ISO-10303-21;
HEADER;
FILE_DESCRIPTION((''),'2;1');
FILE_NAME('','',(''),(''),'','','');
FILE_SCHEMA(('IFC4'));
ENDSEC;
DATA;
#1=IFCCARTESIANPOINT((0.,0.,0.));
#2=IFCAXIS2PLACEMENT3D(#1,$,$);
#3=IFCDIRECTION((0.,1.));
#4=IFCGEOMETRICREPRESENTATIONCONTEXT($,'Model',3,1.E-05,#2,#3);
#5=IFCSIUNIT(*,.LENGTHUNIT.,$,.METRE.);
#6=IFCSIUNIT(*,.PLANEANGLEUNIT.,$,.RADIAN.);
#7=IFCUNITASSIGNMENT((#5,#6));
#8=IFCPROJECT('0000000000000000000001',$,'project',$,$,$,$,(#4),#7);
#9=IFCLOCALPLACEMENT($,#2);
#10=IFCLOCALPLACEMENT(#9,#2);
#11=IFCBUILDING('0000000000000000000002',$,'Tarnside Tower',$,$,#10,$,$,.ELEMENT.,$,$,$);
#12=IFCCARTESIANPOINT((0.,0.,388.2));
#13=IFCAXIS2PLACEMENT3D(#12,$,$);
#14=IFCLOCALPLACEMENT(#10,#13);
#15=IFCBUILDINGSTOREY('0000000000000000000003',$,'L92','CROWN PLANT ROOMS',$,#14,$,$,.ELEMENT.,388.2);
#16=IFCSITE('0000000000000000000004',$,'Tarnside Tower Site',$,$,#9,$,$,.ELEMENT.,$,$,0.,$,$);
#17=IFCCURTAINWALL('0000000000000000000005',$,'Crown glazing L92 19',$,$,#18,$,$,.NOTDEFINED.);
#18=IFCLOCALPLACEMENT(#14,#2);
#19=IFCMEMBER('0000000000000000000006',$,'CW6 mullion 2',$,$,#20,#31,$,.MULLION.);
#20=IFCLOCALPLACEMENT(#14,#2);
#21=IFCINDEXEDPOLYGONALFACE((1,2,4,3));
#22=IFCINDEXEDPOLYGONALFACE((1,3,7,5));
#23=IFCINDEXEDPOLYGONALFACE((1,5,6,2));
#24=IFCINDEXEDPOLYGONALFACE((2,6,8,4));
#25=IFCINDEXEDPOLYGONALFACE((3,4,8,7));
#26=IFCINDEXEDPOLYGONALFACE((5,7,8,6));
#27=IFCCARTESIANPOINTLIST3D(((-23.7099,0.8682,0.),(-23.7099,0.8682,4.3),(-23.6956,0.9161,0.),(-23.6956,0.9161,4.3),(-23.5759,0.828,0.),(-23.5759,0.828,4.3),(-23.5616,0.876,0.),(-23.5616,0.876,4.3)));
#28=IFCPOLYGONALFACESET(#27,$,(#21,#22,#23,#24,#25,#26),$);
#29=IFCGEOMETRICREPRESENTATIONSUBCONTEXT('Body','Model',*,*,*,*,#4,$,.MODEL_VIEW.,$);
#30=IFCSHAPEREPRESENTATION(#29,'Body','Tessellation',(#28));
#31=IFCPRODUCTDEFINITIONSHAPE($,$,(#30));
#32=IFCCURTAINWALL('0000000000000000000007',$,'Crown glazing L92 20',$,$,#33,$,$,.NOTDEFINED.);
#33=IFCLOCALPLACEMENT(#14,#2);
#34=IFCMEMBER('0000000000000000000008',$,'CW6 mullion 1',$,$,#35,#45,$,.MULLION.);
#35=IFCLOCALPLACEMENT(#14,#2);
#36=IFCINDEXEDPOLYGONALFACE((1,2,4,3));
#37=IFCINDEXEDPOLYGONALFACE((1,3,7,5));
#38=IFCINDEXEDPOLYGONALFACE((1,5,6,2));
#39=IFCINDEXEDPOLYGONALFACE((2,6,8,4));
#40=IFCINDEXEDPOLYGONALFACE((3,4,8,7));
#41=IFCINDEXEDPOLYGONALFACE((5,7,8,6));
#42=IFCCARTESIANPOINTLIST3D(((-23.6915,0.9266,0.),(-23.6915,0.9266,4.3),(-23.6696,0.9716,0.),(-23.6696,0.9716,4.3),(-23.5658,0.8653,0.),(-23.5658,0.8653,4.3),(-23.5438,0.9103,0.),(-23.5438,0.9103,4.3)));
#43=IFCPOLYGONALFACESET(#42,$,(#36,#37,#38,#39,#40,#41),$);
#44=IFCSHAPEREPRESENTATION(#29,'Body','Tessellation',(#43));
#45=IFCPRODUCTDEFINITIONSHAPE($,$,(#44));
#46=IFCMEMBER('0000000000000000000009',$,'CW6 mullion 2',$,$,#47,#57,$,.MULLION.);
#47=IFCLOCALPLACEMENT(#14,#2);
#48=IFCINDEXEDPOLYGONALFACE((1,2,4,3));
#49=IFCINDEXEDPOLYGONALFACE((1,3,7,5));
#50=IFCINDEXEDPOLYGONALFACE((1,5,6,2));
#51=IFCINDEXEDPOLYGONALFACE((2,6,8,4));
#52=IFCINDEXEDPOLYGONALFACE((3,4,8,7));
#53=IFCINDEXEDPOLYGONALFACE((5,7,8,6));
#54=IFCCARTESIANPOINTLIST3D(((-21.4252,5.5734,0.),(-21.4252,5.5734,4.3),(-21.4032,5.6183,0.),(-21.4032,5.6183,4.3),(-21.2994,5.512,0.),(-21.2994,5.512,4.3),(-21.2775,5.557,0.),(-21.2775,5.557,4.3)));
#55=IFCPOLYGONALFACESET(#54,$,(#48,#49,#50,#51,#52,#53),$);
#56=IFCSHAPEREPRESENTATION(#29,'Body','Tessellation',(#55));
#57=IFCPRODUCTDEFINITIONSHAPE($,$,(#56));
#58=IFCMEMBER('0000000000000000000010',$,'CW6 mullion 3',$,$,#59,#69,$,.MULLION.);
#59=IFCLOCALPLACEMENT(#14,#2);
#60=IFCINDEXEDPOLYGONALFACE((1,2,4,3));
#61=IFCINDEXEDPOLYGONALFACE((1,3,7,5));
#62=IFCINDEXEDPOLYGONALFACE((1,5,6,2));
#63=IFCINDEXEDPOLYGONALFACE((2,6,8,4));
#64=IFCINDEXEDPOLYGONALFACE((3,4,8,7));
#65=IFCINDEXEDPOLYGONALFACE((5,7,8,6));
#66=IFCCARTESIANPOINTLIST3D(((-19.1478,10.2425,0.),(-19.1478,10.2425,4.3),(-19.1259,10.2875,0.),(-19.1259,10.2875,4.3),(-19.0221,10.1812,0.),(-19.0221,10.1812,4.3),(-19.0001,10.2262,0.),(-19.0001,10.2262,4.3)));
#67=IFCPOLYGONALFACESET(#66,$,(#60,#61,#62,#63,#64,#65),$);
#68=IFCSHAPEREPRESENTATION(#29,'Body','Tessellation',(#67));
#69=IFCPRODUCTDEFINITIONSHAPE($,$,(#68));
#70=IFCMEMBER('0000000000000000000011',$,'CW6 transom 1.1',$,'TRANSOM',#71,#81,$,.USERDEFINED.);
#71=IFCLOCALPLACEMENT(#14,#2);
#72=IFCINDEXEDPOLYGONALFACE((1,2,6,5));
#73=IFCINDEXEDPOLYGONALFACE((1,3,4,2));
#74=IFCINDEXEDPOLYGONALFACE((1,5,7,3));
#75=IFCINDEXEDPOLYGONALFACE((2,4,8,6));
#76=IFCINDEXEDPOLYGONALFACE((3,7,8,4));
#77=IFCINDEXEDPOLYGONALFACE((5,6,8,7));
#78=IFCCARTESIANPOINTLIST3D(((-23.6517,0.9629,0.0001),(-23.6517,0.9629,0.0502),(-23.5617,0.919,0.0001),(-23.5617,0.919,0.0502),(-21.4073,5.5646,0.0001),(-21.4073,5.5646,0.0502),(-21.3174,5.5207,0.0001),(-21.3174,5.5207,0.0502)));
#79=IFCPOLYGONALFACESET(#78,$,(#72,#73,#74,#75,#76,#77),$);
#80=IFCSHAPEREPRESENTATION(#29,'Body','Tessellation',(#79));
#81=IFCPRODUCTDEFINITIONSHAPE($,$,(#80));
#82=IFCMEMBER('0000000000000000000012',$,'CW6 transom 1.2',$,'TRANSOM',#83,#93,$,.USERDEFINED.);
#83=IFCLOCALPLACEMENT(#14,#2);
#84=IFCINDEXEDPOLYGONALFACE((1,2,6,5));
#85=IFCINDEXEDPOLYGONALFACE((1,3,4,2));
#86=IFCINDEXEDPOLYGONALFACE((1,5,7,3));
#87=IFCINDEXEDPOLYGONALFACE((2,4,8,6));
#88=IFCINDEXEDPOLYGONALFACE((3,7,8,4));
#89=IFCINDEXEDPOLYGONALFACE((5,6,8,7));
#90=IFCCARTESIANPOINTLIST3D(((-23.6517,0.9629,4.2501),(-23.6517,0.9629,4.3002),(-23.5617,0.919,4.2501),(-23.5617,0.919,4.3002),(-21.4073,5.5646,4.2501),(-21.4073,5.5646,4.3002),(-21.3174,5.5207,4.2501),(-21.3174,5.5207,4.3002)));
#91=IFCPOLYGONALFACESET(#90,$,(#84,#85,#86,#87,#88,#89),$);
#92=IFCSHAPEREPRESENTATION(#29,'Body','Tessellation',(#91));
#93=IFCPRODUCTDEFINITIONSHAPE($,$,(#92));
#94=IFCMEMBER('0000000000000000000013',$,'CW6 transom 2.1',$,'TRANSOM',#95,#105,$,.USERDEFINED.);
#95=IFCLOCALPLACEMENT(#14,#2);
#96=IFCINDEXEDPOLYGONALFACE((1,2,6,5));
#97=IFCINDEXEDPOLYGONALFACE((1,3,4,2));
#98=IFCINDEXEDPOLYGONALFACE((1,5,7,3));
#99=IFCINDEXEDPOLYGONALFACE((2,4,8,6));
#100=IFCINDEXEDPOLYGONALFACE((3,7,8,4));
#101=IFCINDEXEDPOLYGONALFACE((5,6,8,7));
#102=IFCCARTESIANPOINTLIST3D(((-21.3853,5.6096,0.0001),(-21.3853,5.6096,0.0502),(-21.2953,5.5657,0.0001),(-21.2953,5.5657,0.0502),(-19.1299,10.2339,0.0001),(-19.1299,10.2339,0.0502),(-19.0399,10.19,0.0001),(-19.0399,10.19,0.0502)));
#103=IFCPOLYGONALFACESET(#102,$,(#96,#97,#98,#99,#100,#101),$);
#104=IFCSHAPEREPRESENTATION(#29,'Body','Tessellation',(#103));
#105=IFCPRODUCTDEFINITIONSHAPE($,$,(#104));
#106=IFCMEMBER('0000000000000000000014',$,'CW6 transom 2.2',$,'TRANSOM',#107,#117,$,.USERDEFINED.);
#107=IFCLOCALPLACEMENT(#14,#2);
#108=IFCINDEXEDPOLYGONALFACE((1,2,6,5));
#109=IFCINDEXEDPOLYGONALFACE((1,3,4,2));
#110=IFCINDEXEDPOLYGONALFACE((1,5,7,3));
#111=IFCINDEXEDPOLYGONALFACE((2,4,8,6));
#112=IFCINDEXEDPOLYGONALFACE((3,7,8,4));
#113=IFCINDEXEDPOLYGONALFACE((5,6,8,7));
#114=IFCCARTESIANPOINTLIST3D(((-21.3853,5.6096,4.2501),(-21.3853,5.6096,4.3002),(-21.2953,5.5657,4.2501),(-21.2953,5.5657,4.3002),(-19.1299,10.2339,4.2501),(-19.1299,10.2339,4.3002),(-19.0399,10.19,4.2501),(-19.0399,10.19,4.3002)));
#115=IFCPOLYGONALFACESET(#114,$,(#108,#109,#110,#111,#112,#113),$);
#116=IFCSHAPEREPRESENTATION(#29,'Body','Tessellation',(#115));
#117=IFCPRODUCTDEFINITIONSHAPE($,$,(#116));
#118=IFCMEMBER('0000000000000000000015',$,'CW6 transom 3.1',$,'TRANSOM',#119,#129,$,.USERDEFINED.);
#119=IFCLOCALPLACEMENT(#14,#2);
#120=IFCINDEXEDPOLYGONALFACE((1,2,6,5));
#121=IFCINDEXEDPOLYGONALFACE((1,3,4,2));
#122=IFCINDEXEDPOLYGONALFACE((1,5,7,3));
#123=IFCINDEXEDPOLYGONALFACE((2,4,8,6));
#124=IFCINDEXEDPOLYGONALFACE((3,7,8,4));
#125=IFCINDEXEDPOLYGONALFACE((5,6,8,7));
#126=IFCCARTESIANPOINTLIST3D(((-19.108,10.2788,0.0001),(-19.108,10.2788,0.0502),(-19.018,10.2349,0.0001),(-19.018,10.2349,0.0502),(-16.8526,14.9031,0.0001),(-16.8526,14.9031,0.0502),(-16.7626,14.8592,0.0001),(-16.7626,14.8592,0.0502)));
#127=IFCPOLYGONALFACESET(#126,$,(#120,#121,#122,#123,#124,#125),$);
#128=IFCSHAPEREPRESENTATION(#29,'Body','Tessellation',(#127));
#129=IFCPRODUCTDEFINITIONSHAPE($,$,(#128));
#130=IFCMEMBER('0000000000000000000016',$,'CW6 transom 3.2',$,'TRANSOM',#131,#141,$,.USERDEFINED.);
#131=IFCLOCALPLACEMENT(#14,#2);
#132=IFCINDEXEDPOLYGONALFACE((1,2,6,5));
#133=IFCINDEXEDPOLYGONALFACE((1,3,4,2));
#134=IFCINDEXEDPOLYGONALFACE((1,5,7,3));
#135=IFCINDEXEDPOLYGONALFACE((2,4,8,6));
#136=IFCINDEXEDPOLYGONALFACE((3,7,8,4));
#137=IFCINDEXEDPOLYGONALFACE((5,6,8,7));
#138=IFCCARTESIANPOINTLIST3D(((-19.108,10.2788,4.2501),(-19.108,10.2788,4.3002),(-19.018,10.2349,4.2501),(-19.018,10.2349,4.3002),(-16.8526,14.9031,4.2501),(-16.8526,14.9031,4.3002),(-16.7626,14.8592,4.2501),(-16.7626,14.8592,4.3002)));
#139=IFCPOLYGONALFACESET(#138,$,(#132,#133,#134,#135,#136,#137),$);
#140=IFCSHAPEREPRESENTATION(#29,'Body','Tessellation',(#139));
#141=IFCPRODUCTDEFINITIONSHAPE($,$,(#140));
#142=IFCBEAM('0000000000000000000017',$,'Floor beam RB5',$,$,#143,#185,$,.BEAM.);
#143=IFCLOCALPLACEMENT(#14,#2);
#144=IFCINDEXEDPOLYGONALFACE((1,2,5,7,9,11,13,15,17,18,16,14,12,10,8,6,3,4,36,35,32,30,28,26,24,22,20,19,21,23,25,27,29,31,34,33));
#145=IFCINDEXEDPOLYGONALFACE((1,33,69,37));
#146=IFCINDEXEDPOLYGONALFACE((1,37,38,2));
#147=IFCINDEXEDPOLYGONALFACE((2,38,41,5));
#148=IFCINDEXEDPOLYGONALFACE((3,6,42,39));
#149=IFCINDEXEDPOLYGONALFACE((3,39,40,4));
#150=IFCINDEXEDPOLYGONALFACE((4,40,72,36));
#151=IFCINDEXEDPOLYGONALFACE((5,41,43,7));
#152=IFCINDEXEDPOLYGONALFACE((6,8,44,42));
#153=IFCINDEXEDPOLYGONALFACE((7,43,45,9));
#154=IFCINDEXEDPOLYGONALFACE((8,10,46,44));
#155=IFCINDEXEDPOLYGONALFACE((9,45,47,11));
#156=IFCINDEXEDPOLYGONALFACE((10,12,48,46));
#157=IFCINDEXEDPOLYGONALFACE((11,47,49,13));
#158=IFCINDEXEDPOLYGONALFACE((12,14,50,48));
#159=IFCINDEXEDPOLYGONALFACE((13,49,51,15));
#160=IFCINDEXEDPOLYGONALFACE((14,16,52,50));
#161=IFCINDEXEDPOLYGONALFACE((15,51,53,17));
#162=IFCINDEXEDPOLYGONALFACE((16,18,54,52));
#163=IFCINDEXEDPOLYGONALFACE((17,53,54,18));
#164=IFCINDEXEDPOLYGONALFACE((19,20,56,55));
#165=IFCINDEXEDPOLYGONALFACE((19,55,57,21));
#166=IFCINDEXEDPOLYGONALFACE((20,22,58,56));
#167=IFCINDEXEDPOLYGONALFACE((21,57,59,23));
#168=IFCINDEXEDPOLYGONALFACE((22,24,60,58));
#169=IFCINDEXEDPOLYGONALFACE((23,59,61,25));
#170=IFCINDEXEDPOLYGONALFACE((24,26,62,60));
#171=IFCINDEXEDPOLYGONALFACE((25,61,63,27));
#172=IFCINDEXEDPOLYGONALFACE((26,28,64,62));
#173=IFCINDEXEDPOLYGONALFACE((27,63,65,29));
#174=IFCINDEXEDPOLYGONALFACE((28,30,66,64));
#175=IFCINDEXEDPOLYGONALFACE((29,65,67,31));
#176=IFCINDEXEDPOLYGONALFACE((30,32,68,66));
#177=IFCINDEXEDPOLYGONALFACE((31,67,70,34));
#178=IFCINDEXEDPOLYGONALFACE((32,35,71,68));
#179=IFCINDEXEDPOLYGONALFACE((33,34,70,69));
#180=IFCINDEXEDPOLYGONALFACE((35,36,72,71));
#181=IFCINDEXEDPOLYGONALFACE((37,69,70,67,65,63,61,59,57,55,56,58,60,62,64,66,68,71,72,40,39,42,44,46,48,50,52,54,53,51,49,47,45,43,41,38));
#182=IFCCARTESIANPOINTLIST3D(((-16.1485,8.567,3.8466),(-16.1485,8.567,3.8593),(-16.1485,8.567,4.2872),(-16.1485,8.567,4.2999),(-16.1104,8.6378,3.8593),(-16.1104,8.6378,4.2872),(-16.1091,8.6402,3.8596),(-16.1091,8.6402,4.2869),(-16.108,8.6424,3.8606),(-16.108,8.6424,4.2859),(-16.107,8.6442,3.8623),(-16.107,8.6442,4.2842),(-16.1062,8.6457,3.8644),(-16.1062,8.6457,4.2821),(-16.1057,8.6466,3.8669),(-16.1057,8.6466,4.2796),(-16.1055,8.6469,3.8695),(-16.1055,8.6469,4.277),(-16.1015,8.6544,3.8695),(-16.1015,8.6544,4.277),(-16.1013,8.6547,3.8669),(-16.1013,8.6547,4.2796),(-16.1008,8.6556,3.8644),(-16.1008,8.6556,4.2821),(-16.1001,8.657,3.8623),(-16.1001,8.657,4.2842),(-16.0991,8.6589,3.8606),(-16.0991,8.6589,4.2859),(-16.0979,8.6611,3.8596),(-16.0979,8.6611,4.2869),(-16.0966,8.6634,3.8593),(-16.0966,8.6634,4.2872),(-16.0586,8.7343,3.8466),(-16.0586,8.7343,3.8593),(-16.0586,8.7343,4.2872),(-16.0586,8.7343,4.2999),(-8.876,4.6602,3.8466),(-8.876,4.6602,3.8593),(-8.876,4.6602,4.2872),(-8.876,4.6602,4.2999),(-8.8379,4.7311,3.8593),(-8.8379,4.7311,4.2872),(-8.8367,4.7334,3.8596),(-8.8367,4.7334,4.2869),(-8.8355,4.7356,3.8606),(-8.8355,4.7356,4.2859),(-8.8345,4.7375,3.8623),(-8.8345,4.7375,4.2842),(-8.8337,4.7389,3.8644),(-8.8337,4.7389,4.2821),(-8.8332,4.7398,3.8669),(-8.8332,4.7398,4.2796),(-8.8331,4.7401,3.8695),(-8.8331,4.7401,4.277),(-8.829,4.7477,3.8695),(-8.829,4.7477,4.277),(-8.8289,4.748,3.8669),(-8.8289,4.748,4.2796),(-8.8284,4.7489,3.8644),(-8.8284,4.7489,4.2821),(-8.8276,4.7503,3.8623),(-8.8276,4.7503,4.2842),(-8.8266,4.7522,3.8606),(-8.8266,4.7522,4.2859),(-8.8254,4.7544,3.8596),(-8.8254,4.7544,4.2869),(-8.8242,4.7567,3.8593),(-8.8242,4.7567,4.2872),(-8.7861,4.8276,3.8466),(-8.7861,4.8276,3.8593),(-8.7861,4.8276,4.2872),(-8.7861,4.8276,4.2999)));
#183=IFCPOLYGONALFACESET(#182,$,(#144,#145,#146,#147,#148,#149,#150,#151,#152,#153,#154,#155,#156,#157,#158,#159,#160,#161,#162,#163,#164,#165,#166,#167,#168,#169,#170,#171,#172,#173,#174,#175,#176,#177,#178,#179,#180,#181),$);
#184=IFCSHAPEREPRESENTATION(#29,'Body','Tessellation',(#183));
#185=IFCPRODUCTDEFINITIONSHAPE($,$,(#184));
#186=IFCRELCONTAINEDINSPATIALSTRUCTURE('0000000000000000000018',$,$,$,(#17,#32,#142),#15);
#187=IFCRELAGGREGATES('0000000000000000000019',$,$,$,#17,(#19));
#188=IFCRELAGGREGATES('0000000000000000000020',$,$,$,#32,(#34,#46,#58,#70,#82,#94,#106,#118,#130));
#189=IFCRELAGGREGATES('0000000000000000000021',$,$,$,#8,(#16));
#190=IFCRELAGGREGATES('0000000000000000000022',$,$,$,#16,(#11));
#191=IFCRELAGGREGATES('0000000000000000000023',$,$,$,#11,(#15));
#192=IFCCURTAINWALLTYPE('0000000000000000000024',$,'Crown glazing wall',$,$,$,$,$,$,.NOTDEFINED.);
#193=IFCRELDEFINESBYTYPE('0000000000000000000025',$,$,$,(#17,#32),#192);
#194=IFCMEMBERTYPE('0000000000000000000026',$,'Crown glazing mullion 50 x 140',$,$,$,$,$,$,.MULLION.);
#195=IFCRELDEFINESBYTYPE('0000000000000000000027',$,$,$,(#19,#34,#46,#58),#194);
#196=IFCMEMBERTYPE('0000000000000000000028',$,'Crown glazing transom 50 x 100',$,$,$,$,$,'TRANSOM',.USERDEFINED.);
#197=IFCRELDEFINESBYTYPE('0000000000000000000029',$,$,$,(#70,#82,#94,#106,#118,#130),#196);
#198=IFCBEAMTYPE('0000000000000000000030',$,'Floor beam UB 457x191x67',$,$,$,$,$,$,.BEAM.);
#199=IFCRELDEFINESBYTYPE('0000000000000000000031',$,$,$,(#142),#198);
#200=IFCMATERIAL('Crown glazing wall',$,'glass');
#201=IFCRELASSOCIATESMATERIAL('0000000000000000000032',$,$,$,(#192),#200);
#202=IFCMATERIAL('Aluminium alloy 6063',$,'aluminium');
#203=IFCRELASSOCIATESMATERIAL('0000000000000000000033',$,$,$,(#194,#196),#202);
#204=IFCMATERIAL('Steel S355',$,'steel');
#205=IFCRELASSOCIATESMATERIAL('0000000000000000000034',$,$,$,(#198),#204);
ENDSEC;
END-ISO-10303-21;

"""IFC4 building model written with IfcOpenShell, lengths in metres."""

from ifc_helpers import new_model, si_unit, direction, frame, origin, origin_2d, place, context, subcontext, project, spatial, rectangle, i_section, extrude, material, material_profile, profile_set, type_object, element, aggregate, save


model = new_model("IFC4")

# Units and contexts
model_context = context("Model", 3, precision=1e-05, world=origin(), true_north=direction((0.0, 1.0)))
body_context = subcontext(model_context, "Body", "Model", "MODEL_VIEW")
ifc_project = project(units=[si_unit("LENGTHUNIT", "METRE"), si_unit("PLANEANGLEUNIT", "RADIAN")], contexts=[model_context])

# Site, building, storey
site_placement = place(None, origin())
site = spatial("IfcSite", under=ifc_project, at=site_placement, Name="Tarnside Tower Site", CompositionType="ELEMENT", RefElevation=0.0)
building_placement = place(site_placement, origin())
building = spatial("IfcBuilding", under=site, at=building_placement, Name="Tarnside Tower", CompositionType="ELEMENT")
storey_placement = place(building_placement, frame((0.0, 0.0, 388.2)))
storey = spatial("IfcBuildingStorey", under=building, at=storey_placement, Name="L92", Description="CROWN PLANT ROOMS", CompositionType="ELEMENT", Elevation=388.2)

# Curtain wall, member
ifc_material_1 = material(Name="Crown glazing wall", Category="glass")
curtain_wall_type = type_object("IfcCurtainWallType", Name="Crown glazing wall", PredefinedType="NOTDEFINED", material=ifc_material_1)
curtain_wall_1_placement = place(storey_placement, origin())
curtain_wall_1 = element("IfcCurtainWall", 1, at=curtain_wall_1_placement, inside=storey, type_object=curtain_wall_type, Name="Crown glazing L92 19", PredefinedType="NOTDEFINED")
ifc_material_2 = material(Name="Aluminium alloy 6063", Category="aluminium")
ifc_material_profile_1 = material_profile(ifc_material_2, rectangle(XDim=0.1399, YDim=0.05, at=origin_2d()), Name="Crown glazing mullion 50 x 140")
ifc_profile_set_1 = profile_set([ifc_material_profile_1], Name="Aluminium alloy 6063")
member_type_1 = type_object("IfcMemberType", Name="Crown glazing mullion 50 x 140", PredefinedType="MULLION", material=ifc_profile_set_1)
member_1_placement = place(storey_placement, frame((-23.6357, 0.8721, 0.0), z_axis=(0.0, 0.0, 1.0), x_axis=(-0.95799, 0.286803, 0.0)))
member_1 = element("IfcMember", 2, at=member_1_placement, type_object=member_type_1, Name="CW6 mullion 2", PredefinedType="MULLION", context=body_context, shape_type="SweptSolid", body=[
    extrude(rectangle(XDim=0.1399, YDim=0.05, at=origin_2d()), origin(), (0.0, 0.0, 1.0), 4.3),
])

# Curtain wall, members
curtain_wall_2_placement = place(storey_placement, origin())
curtain_wall_2 = element("IfcCurtainWall", 3, at=curtain_wall_2_placement, inside=storey, type_object=curtain_wall_type, Name="Crown glazing L92 20", PredefinedType="NOTDEFINED")
member_2_placement = place(storey_placement, frame((-23.6177, 0.9185, 0.0), z_axis=(0.0, 0.0, 1.0), x_axis=(-0.898794, 0.438371, 0.0)))
member_2 = element("IfcMember", 4, at=member_2_placement, type_object=member_type_1, Name="CW6 mullion 1", PredefinedType="MULLION", context=body_context, shape_type="SweptSolid", body=[
    extrude(rectangle(XDim=0.1399, YDim=0.05, at=origin_2d()), origin(), (0.0, 0.0, 1.0), 4.3),
])
member_3_placement = place(storey_placement, frame((-21.3513, 5.5652, 0.0), z_axis=(0.0, 0.0, 1.0), x_axis=(-0.898794, 0.438371, 0.0)))
member_3 = element("IfcMember", 5, at=member_3_placement, type_object=member_type_1, Name="CW6 mullion 2", PredefinedType="MULLION", context=body_context, shape_type="SweptSolid", body=[
    extrude(rectangle(XDim=0.1399, YDim=0.05, at=origin_2d()), origin(), (0.0, 0.0, 1.0), 4.3),
])
member_4_placement = place(storey_placement, frame((-19.074, 10.2344, 0.0), z_axis=(0.0, 0.0, 1.0), x_axis=(-0.898794, 0.438371, 0.0)))
member_4 = element("IfcMember", 6, at=member_4_placement, type_object=member_type_1, Name="CW6 mullion 3", PredefinedType="MULLION", context=body_context, shape_type="SweptSolid", body=[
    extrude(rectangle(XDim=0.1399, YDim=0.05, at=origin_2d()), origin(), (0.0, 0.0, 1.0), 4.3),
])
ifc_material_profile_2 = material_profile(ifc_material_2, rectangle(XDim=0.1001, YDim=0.05, at=origin_2d()), Name="Crown glazing transom 50 x 100")
ifc_profile_set_2 = profile_set([ifc_material_profile_2], Name="Aluminium alloy 6063")
member_type_2 = type_object("IfcMemberType", Name="Crown glazing transom 50 x 100", ElementType="TRANSOM", PredefinedType="USERDEFINED", material=ifc_profile_set_2)
member_5_placement = place(storey_placement, frame((-23.6067, 0.9409, 0.0251), z_axis=(0.438361, 0.898799, 0.0), x_axis=(-0.898799, 0.438361, 0.0)))
member_5 = element("IfcMember", 7, at=member_5_placement, type_object=member_type_2, Name="CW6 transom 1.1", ObjectType="TRANSOM", PredefinedType="USERDEFINED", context=body_context, shape_type="SweptSolid", body=[
    extrude(rectangle(XDim=0.1001, YDim=0.05, at=origin_2d()), origin(), (0.0, 0.0, 1.0), 5.1199),
])
member_6_placement = place(storey_placement, frame((-23.6067, 0.9409, 4.2751), z_axis=(0.438361, 0.898799, 0.0), x_axis=(-0.898799, 0.438361, 0.0)))
member_6 = element("IfcMember", 8, at=member_6_placement, type_object=member_type_2, Name="CW6 transom 1.2", ObjectType="TRANSOM", PredefinedType="USERDEFINED", context=body_context, shape_type="SweptSolid", body=[
    extrude(rectangle(XDim=0.1001, YDim=0.05, at=origin_2d()), origin(), (0.0, 0.0, 1.0), 5.1199),
])
member_7_placement = place(storey_placement, frame((-21.3403, 5.5876, 0.0251), z_axis=(0.438366, 0.898797, 0.0), x_axis=(-0.898797, 0.438366, 0.0)))
member_7 = element("IfcMember", 9, at=member_7_placement, type_object=member_type_2, Name="CW6 transom 2.1", ObjectType="TRANSOM", PredefinedType="USERDEFINED", context=body_context, shape_type="SweptSolid", body=[
    extrude(rectangle(XDim=0.1001, YDim=0.05, at=origin_2d()), origin(), (0.0, 0.0, 1.0), 5.145),
])
member_8_placement = place(storey_placement, frame((-21.3403, 5.5876, 4.2751), z_axis=(0.438366, 0.898797, 0.0), x_axis=(-0.898797, 0.438366, 0.0)))
member_8 = element("IfcMember", 10, at=member_8_placement, type_object=member_type_2, Name="CW6 transom 2.2", ObjectType="TRANSOM", PredefinedType="USERDEFINED", context=body_context, shape_type="SweptSolid", body=[
    extrude(rectangle(XDim=0.1001, YDim=0.05, at=origin_2d()), origin(), (0.0, 0.0, 1.0), 5.145),
])
member_9_placement = place(storey_placement, frame((-19.063, 10.2568, 0.0251), z_axis=(0.438366, 0.898797, 0.0), x_axis=(-0.898797, 0.438366, 0.0)))
member_9 = element("IfcMember", 11, at=member_9_placement, type_object=member_type_2, Name="CW6 transom 3.1", ObjectType="TRANSOM", PredefinedType="USERDEFINED", context=body_context, shape_type="SweptSolid", body=[
    extrude(rectangle(XDim=0.1001, YDim=0.05, at=origin_2d()), origin(), (0.0, 0.0, 1.0), 5.145),
])
member_10_placement = place(storey_placement, frame((-19.063, 10.2568, 4.2751), z_axis=(0.438366, 0.898797, 0.0), x_axis=(-0.898797, 0.438366, 0.0)))
member_10 = element("IfcMember", 12, at=member_10_placement, type_object=member_type_2, Name="CW6 transom 3.2", ObjectType="TRANSOM", PredefinedType="USERDEFINED", context=body_context, shape_type="SweptSolid", body=[
    extrude(rectangle(XDim=0.1001, YDim=0.05, at=origin_2d()), origin(), (0.0, 0.0, 1.0), 5.145),
])

# Beam
ifc_material_3 = material(Name="Steel S355", Category="steel")
ifc_material_profile_3 = material_profile(ifc_material_3, i_section(OverallWidth=0.1899, OverallDepth=0.4534, WebThickness=0.0085, FlangeThickness=0.0127, FilletRadius=0.0103, at=origin_2d()), Name="UB 457x191x67")
ifc_profile_set_3 = profile_set([ifc_material_profile_3], Name="Steel S355")
beam_type_1 = type_object("IfcBeamType", Name="Floor beam UB 457x191x67", PredefinedType="BEAM", material=ifc_profile_set_3)
beam_1_placement = place(storey_placement, frame((-16.1035, 8.6506, 4.0732), z_axis=(0.880936, -0.473235, 0.0), x_axis=(0.473235, 0.880936, 0.0)))
element("IfcBeam", 13, at=beam_1_placement, inside=storey, type_object=beam_type_1, Name="Floor beam RB5", PredefinedType="BEAM", context=body_context, shape_type="SweptSolid", body=[
    extrude(i_section(OverallWidth=0.1899, OverallDepth=0.4534, WebThickness=0.0085, FlangeThickness=0.0127, FilletRadius=0.0103, at=origin_2d()), origin(), (0.0, 0.0, 1.0), 8.2554),
])

aggregate(curtain_wall_1, [member_1])
aggregate(curtain_wall_2, [member_2, member_3, member_4, member_5, member_6, member_7, member_8, member_9, member_10])

save(model, "model.ifc")
